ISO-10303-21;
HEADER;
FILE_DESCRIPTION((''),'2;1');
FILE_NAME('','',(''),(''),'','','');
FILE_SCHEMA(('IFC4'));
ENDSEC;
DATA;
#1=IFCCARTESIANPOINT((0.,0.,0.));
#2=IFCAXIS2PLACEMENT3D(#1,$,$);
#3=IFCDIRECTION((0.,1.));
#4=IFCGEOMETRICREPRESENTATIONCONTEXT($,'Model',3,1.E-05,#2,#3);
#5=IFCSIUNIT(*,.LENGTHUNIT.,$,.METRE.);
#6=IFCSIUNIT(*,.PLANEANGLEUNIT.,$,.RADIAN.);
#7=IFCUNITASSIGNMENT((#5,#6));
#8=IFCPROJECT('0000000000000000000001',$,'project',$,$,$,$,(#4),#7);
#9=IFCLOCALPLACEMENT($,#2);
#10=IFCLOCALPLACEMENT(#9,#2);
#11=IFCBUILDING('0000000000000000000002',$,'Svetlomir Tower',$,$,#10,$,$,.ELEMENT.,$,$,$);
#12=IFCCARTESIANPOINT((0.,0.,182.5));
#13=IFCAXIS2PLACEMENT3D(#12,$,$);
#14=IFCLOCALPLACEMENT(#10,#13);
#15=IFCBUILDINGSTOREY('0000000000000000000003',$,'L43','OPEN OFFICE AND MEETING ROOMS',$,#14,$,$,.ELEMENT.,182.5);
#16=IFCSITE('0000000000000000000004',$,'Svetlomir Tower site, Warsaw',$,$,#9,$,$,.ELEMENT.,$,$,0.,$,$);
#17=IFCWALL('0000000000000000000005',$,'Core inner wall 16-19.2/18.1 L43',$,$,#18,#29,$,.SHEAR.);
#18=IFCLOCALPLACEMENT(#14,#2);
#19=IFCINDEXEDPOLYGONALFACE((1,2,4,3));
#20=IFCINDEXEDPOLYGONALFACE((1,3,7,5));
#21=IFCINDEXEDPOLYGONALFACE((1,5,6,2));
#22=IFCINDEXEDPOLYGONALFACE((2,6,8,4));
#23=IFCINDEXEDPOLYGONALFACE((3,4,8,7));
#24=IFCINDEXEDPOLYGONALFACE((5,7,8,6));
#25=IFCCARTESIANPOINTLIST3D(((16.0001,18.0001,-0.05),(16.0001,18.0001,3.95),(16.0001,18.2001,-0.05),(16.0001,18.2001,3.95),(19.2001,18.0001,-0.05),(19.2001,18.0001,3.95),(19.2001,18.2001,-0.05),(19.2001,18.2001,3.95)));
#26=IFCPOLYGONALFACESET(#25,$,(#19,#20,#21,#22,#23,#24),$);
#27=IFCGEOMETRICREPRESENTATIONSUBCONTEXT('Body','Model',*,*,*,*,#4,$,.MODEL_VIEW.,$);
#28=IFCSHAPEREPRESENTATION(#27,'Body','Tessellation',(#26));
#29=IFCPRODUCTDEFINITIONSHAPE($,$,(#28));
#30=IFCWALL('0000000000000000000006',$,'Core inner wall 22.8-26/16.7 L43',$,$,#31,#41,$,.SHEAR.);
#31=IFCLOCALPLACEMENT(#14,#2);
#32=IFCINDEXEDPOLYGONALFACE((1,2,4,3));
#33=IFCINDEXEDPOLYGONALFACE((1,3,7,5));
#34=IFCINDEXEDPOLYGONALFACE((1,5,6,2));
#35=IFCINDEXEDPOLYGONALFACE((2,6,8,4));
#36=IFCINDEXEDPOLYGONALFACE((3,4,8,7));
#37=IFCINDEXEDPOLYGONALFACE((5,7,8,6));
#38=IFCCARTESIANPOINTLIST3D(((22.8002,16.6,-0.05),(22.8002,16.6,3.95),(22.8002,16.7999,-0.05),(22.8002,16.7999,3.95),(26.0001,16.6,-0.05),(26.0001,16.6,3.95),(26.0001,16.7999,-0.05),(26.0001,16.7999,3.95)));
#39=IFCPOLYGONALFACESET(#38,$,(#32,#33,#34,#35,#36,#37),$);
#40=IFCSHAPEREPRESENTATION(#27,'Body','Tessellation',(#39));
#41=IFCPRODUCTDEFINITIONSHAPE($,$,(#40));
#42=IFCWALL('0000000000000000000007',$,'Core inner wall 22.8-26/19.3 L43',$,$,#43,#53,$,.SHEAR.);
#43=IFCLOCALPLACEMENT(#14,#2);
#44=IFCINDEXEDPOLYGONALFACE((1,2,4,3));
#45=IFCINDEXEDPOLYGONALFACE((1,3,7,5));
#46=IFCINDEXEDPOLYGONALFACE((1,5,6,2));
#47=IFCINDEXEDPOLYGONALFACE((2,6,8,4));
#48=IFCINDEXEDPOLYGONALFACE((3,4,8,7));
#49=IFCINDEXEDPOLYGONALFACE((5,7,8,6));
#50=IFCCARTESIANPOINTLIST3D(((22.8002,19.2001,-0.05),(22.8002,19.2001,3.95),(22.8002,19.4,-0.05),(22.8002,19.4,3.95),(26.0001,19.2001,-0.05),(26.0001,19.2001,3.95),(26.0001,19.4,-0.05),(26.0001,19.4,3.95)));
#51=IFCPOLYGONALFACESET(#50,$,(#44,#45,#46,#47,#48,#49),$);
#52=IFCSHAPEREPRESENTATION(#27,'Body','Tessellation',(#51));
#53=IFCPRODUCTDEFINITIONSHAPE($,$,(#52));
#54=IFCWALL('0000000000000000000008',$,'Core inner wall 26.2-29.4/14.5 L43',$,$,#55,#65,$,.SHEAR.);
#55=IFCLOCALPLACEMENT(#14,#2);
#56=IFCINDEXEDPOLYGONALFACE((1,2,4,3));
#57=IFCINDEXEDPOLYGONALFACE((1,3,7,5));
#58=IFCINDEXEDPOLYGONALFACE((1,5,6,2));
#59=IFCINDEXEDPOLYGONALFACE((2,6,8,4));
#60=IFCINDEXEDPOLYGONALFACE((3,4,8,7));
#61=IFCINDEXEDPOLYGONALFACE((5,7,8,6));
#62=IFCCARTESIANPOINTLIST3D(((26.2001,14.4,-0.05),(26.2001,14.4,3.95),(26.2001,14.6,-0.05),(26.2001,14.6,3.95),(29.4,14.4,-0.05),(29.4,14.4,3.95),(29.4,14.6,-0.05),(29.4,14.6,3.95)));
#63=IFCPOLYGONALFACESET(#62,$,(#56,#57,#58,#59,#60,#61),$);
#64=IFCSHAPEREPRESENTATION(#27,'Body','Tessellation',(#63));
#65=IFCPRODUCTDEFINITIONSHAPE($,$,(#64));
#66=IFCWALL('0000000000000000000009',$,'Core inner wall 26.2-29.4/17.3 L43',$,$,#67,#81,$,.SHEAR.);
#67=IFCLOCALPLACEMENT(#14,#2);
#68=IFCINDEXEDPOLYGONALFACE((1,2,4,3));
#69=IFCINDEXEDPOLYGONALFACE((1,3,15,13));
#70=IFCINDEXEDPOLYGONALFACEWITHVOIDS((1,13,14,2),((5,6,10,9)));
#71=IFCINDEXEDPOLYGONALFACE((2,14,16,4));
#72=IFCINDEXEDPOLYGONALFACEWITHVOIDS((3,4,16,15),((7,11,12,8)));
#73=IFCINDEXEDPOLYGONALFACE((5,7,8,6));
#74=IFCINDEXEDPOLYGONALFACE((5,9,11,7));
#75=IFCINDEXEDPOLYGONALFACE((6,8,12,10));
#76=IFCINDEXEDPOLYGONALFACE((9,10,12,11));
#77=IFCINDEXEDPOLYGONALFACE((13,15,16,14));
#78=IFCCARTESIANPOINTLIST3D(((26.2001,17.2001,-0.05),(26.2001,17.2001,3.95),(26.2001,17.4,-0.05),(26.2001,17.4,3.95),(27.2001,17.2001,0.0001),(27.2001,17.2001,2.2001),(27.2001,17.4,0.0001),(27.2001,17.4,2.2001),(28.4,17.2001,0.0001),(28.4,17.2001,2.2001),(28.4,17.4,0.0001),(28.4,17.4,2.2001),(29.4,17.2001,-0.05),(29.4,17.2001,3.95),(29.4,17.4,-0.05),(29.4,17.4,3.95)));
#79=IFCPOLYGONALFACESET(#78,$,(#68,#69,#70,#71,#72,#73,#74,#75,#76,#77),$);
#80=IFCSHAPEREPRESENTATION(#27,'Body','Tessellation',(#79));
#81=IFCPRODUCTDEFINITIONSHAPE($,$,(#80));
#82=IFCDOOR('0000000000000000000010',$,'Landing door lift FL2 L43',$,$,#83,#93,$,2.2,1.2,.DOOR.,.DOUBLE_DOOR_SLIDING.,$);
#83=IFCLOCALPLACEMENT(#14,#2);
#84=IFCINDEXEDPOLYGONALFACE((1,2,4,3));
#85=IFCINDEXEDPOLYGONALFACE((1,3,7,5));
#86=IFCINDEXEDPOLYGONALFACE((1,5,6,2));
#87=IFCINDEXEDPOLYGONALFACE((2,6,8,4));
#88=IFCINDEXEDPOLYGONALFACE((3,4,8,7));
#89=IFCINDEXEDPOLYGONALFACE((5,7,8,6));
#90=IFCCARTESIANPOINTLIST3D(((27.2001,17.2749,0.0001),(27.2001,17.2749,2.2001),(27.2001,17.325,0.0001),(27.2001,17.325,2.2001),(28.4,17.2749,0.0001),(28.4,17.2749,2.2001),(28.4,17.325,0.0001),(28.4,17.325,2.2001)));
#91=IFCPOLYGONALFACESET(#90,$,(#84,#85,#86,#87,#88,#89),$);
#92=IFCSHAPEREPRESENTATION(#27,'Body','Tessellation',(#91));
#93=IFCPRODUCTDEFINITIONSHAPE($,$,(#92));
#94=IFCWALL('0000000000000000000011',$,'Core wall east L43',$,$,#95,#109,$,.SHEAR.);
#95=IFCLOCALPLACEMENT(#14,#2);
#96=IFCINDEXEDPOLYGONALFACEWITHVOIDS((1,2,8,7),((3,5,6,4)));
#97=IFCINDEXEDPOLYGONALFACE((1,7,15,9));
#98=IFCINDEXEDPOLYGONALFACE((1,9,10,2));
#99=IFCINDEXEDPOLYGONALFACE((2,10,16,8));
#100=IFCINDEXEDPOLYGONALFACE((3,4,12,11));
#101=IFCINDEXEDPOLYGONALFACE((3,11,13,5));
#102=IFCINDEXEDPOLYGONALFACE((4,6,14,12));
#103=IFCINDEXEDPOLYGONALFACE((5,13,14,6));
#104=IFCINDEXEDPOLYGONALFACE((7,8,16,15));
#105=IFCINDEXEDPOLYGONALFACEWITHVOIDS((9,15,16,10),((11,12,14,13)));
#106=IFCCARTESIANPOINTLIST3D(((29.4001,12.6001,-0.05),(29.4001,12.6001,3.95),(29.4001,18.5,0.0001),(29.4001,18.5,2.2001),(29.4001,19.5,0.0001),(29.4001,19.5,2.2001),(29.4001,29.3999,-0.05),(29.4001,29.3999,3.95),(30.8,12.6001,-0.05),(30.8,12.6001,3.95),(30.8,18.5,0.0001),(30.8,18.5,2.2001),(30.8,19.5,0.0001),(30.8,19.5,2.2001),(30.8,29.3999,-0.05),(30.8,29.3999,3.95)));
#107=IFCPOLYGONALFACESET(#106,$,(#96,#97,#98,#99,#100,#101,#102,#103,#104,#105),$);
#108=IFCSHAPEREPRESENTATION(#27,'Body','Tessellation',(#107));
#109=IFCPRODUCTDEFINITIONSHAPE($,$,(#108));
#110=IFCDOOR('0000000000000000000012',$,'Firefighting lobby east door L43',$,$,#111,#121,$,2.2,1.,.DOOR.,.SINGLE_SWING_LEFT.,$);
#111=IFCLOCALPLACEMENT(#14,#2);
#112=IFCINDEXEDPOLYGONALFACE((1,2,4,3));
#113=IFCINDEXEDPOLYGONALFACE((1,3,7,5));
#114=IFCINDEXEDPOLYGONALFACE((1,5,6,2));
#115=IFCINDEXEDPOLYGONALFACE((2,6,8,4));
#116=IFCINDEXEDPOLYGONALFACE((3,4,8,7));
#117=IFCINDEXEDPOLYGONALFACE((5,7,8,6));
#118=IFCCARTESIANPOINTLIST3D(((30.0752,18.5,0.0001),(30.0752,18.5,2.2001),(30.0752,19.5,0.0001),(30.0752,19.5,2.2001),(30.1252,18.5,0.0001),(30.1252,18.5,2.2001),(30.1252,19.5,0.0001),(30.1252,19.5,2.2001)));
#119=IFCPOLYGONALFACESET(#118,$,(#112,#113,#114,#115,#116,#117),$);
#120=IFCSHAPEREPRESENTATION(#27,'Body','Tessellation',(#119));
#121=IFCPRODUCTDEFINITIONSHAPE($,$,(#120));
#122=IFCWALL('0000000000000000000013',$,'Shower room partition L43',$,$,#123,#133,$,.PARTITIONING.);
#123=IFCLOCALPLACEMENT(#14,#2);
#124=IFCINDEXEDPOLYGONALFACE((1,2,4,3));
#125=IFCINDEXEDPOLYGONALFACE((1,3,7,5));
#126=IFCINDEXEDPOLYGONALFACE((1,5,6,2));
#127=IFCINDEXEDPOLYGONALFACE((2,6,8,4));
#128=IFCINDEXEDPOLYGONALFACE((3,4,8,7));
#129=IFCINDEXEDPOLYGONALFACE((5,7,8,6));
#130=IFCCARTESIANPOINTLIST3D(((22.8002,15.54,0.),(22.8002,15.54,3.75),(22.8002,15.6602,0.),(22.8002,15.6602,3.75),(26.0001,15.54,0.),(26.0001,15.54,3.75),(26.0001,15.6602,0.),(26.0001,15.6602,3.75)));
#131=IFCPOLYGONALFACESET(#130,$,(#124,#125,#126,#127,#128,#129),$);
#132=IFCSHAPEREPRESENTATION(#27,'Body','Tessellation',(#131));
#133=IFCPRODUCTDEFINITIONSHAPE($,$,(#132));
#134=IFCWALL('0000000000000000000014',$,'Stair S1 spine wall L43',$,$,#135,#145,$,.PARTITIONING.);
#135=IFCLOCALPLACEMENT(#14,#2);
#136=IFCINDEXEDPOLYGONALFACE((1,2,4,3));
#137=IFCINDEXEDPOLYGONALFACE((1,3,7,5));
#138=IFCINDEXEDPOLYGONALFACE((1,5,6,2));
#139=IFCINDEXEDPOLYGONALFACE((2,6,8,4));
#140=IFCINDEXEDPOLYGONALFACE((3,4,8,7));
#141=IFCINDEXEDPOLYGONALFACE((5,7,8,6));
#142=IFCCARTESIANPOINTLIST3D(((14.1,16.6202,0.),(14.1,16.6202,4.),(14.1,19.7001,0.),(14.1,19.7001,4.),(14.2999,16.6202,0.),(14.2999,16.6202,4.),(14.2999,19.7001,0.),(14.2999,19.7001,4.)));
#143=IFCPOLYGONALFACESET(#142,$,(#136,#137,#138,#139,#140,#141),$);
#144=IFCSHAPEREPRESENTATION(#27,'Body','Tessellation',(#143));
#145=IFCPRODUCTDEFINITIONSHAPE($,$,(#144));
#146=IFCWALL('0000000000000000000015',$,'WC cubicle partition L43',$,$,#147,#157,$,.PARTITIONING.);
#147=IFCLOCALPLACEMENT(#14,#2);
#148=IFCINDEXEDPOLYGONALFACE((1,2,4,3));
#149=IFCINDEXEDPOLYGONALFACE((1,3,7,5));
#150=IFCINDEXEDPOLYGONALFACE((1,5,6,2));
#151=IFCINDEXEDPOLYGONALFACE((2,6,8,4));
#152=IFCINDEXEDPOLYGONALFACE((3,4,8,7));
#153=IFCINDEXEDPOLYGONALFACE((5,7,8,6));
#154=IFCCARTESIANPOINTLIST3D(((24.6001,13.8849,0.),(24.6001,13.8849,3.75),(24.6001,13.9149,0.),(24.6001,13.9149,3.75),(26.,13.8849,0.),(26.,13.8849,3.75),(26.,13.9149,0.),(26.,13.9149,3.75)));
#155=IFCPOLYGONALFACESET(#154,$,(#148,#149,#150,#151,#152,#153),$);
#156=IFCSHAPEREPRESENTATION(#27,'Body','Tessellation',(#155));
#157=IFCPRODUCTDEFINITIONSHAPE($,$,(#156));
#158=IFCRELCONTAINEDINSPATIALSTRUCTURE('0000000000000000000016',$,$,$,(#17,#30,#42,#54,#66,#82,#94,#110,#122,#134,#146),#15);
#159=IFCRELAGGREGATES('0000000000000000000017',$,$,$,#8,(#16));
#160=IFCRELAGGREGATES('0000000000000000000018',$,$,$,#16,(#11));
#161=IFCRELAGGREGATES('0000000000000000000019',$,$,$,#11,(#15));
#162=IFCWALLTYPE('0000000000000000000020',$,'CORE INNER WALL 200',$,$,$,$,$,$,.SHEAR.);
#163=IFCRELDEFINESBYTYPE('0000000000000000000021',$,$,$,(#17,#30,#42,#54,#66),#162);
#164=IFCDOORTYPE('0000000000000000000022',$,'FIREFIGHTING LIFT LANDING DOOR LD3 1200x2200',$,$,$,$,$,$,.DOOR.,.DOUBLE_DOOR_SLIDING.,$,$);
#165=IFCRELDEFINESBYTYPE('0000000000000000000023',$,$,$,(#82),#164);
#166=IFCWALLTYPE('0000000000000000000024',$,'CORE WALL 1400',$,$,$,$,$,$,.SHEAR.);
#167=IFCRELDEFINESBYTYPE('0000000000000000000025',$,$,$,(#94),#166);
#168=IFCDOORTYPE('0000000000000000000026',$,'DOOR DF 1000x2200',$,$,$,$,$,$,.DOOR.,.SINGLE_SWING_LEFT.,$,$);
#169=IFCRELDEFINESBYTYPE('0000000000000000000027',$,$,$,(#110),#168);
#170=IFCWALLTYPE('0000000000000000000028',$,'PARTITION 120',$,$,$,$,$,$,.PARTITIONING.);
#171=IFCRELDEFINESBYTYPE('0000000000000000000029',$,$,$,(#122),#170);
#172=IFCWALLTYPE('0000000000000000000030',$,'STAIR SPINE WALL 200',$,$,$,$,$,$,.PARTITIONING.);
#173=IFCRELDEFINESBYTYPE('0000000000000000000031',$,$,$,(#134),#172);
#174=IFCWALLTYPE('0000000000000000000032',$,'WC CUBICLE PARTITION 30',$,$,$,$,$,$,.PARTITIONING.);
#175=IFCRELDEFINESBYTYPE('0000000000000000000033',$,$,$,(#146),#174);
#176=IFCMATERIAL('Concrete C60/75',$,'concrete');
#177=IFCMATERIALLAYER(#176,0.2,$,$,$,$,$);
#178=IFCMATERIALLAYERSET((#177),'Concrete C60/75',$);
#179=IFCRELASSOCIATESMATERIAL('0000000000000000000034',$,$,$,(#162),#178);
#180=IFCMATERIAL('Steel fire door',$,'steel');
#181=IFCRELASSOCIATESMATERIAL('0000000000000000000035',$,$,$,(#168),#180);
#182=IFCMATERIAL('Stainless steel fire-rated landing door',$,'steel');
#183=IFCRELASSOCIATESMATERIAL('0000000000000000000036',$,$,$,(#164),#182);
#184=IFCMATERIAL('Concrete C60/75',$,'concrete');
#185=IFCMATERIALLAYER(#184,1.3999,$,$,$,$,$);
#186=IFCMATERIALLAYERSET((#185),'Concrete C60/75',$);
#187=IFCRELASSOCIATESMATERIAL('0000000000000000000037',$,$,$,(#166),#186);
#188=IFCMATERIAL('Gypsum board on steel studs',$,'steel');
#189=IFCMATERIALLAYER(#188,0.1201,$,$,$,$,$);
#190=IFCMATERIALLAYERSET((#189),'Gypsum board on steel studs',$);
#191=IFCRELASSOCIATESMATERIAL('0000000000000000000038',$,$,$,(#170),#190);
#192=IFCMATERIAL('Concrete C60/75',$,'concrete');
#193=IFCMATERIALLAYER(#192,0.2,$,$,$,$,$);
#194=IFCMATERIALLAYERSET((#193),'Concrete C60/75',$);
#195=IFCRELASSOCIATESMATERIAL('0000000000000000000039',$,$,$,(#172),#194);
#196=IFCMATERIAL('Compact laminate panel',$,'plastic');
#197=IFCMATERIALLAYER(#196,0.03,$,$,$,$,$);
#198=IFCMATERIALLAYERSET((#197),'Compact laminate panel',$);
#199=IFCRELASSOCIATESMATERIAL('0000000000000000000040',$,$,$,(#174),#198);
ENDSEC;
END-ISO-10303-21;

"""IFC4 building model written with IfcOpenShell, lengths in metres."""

from ifc_helpers import new_model, si_unit, direction, frame, frame_2d, origin, place, context, subcontext, project, spatial, rectangle, extrude, material, layer, layer_set, type_object, element, fill, save


model = new_model("IFC4")

# Units and contexts
model_context = context("Model", 3, precision=1e-05, world=origin(), true_north=direction((0.0, 1.0)))
body_context = subcontext(model_context, "Body", "Model", "MODEL_VIEW")
ifc_project = project(units=[si_unit("LENGTHUNIT", "METRE"), si_unit("PLANEANGLEUNIT", "RADIAN")], contexts=[model_context])

# Site, building, storey
site_placement = place(None, origin())
site = spatial("IfcSite", under=ifc_project, at=site_placement, Name="Svetlomir Tower site, Warsaw", CompositionType="ELEMENT", RefElevation=0.0)
building_placement = place(site_placement, origin())
building = spatial("IfcBuilding", under=site, at=building_placement, Name="Svetlomir Tower", CompositionType="ELEMENT")
storey_placement = place(building_placement, frame((0.0, 0.0, 182.5)))
storey = spatial("IfcBuildingStorey", under=building, at=storey_placement, Name="L43", Description="OPEN OFFICE AND MEETING ROOMS", CompositionType="ELEMENT", Elevation=182.5)

# Shared definitions
ifc_material_1 = material(Name="Concrete C60/75", Category="concrete")
ifc_layer_1 = layer(ifc_material_1, 0.2)
ifc_layer_set_1 = layer_set([ifc_layer_1], Name="Concrete C60/75")
wall_type_1 = type_object("IfcWallType", Name="CORE INNER WALL 200", PredefinedType="SHEAR", material=ifc_layer_set_1)

# Shared definitions
ifc_material_2 = material(Name="Steel fire door", Category="steel")
door_type_1 = type_object("IfcDoorType", Name="DOOR DF 1000x2200", OperationType="SINGLE_SWING_LEFT", PredefinedType="DOOR", material=ifc_material_2)

# Walls
for number, where, z_axis, x_axis, name in (
    (1, (16.0, 18.1001, -0.05), (0.0, 0.0, 1.0), (1.0, 0.0, 0.0), "Core inner wall 16-19.2/18.1 L43"),
    (2, (22.8, 16.7, -0.05), (0.0, 0.0, 1.0), (1.0, 0.0, 0.0), "Core inner wall 22.8-26/16.7 L43"),
    (3, (22.8, 19.3, -0.05), (0.0, 0.0, 1.0), (1.0, 0.0, 0.0), "Core inner wall 22.8-26/19.3 L43"),
    (4, (26.2, 14.5, -0.05), (0.0, 0.0, 1.0), (1.0, 0.0, 0.0), "Core inner wall 26.2-29.4/14.5 L43"),
):
    element("IfcWall", number, at=place(storey_placement, frame(where, z_axis=z_axis, x_axis=x_axis)), inside=storey, type_object=wall_type_1, Name=name, PredefinedType="SHEAR", context=body_context, shape_type="SweptSolid", body=[
        extrude(rectangle(XDim=3.2, YDim=0.2, at=frame_2d((1.6001, 0.0))), origin(), (0.0, 0.0, 1.0), 4.0),
    ])

# Walls, openings, doors
wall_1_placement = place(storey_placement, frame((26.2, 17.3, -0.05), z_axis=(0.0, 0.0, 1.0), x_axis=(1.0, 0.0, 0.0)))
wall_1 = element("IfcWall", 5, at=wall_1_placement, inside=storey, type_object=wall_type_1, Name="Core inner wall 26.2-29.4/17.3 L43", PredefinedType="SHEAR", context=body_context, shape_type="SweptSolid", body=[
    extrude(rectangle(XDim=3.2, YDim=0.2, at=frame_2d((1.6001, 0.0))), origin(), (0.0, 0.0, 1.0), 4.0),
])
opening_1_placement = place(wall_1_placement, frame((1.0, 0.0, 0.05)))
opening_1 = element("IfcOpeningElement", 6, at=opening_1_placement, cuts=wall_1, PredefinedType="OPENING", context=body_context, shape_type="SweptSolid", body=[
    extrude(rectangle(XDim=1.2, YDim=2.2, at=frame_2d((0.6001, 1.1001))), frame((0.0, 0.1099, 0.0), z_axis=(0.0, -1.0, 0.0), x_axis=(1.0, 0.0, 0.0)), (0.0, 0.0, 1.0), 0.22),
])
ifc_material_3 = material(Name="Stainless steel fire-rated landing door", Category="steel")
door_type_2 = type_object("IfcDoorType", Name="FIREFIGHTING LIFT LANDING DOOR LD3 1200x2200", OperationType="DOUBLE_DOOR_SLIDING", PredefinedType="DOOR", material=ifc_material_3)
door_1_placement = place(opening_1_placement, origin())
door_1 = element("IfcDoor", 7, at=door_1_placement, inside=storey, type_object=door_type_2, Name="Landing door lift FL2 L43", OperationType="DOUBLE_DOOR_SLIDING", OverallHeight=2.2, OverallWidth=1.2, PredefinedType="DOOR", context=body_context, shape_type="SweptSolid", body=[
    extrude(rectangle(XDim=1.2, YDim=2.2, at=frame_2d((0.6001, 1.1001))), frame((0.0, 0.0249, 0.0), z_axis=(0.0, -1.0, 0.0), x_axis=(1.0, 0.0, 0.0)), (0.0, 0.0, 1.0), 0.05),
])
fill(opening_1, door_1)
ifc_material_4 = material(Name="Concrete C60/75", Category="concrete")
ifc_layer_2 = layer(ifc_material_4, 1.3999)
ifc_layer_set_2 = layer_set([ifc_layer_2], Name="Concrete C60/75")
wall_type_2 = type_object("IfcWallType", Name="CORE WALL 1400", PredefinedType="SHEAR", material=ifc_layer_set_2)
wall_2_placement = place(storey_placement, frame((30.1001, 12.6001, -0.05), z_axis=(0.0, 0.0, 1.0), x_axis=(0.0, 1.0, 0.0)))
wall_2 = element("IfcWall", 8, at=wall_2_placement, inside=storey, type_object=wall_type_2, Name="Core wall east L43", PredefinedType="SHEAR", context=body_context, shape_type="SweptSolid", body=[
    extrude(rectangle(XDim=16.7998, YDim=1.3999, at=frame_2d((8.3999, 0.0))), origin(), (0.0, 0.0, 1.0), 4.0),
])
opening_2_placement = place(wall_2_placement, frame((5.8999, 0.0, 0.05)))
opening_2 = element("IfcOpeningElement", 9, at=opening_2_placement, cuts=wall_2, PredefinedType="OPENING", context=body_context, shape_type="SweptSolid", body=[
    extrude(rectangle(XDim=1.0, YDim=2.2, at=frame_2d((0.5, 1.1001))), frame((0.0, 0.71, 0.0), z_axis=(0.0, -1.0, 0.0), x_axis=(1.0, 0.0, 0.0)), (0.0, 0.0, 1.0), 1.4199),
])
door_2_placement = place(opening_2_placement, origin())
door_2 = element("IfcDoor", 10, at=door_2_placement, inside=storey, type_object=door_type_1, Name="Firefighting lobby east door L43", OperationType="SINGLE_SWING_LEFT", OverallHeight=2.2, OverallWidth=1.0, PredefinedType="DOOR", context=body_context, shape_type="SweptSolid", body=[
    extrude(rectangle(XDim=1.0, YDim=2.2, at=frame_2d((0.5, 1.1001))), frame((0.0, 0.0249, 0.0), z_axis=(0.0, -1.0, 0.0), x_axis=(1.0, 0.0, 0.0)), (0.0, 0.0, 1.0), 0.05),
])
fill(opening_2, door_2)

# Walls
ifc_material_5 = material(Name="Gypsum board on steel studs", Category="steel")
ifc_layer_3 = layer(ifc_material_5, 0.1201)
ifc_layer_set_3 = layer_set([ifc_layer_3], Name="Gypsum board on steel studs")
wall_type_3 = type_object("IfcWallType", Name="PARTITION 120", PredefinedType="PARTITIONING", material=ifc_layer_set_3)
wall_3_placement = place(storey_placement, frame((22.8, 15.6001, 0.0), z_axis=(0.0, 0.0, 1.0), x_axis=(1.0, 0.0, 0.0)))
element("IfcWall", 11, at=wall_3_placement, inside=storey, type_object=wall_type_3, Name="Shower room partition L43", PredefinedType="PARTITIONING", context=body_context, shape_type="SweptSolid", body=[
    extrude(rectangle(XDim=3.2, YDim=0.1201, at=frame_2d((1.6001, 0.0))), origin(), (0.0, 0.0, 1.0), 3.75),
])
ifc_material_6 = material(Name="Concrete C60/75", Category="concrete")
ifc_layer_4 = layer(ifc_material_6, 0.2)
ifc_layer_set_4 = layer_set([ifc_layer_4], Name="Concrete C60/75")
wall_type_4 = type_object("IfcWallType", Name="STAIR SPINE WALL 200", PredefinedType="PARTITIONING", material=ifc_layer_set_4)
wall_4_placement = place(storey_placement, frame((14.2, 16.6201, 0.0), z_axis=(0.0, 0.0, 1.0), x_axis=(0.0, 1.0, 0.0)))
element("IfcWall", 12, at=wall_4_placement, inside=storey, type_object=wall_type_4, Name="Stair S1 spine wall L43", PredefinedType="PARTITIONING", context=body_context, shape_type="SweptSolid", body=[
    extrude(rectangle(XDim=3.0798, YDim=0.2, at=frame_2d((1.54, 0.0))), origin(), (0.0, 0.0, 1.0), 4.0),
])
ifc_material_7 = material(Name="Compact laminate panel", Category="plastic")
ifc_layer_5 = layer(ifc_material_7, 0.03)
ifc_layer_set_5 = layer_set([ifc_layer_5], Name="Compact laminate panel")
wall_type_5 = type_object("IfcWallType", Name="WC CUBICLE PARTITION 30", PredefinedType="PARTITIONING", material=ifc_layer_set_5)
wall_5_placement = place(storey_placement, frame((24.6001, 13.8999, 0.0), z_axis=(0.0, 0.0, 1.0), x_axis=(1.0, 0.0, 0.0)))
element("IfcWall", 13, at=wall_5_placement, inside=storey, type_object=wall_type_5, Name="WC cubicle partition L43", PredefinedType="PARTITIONING", context=body_context, shape_type="SweptSolid", body=[
    extrude(rectangle(XDim=1.3999, YDim=0.03, at=frame_2d((0.7, 0.0))), origin(), (0.0, 0.0, 1.0), 3.75),
])

save(model, "model.ifc")
